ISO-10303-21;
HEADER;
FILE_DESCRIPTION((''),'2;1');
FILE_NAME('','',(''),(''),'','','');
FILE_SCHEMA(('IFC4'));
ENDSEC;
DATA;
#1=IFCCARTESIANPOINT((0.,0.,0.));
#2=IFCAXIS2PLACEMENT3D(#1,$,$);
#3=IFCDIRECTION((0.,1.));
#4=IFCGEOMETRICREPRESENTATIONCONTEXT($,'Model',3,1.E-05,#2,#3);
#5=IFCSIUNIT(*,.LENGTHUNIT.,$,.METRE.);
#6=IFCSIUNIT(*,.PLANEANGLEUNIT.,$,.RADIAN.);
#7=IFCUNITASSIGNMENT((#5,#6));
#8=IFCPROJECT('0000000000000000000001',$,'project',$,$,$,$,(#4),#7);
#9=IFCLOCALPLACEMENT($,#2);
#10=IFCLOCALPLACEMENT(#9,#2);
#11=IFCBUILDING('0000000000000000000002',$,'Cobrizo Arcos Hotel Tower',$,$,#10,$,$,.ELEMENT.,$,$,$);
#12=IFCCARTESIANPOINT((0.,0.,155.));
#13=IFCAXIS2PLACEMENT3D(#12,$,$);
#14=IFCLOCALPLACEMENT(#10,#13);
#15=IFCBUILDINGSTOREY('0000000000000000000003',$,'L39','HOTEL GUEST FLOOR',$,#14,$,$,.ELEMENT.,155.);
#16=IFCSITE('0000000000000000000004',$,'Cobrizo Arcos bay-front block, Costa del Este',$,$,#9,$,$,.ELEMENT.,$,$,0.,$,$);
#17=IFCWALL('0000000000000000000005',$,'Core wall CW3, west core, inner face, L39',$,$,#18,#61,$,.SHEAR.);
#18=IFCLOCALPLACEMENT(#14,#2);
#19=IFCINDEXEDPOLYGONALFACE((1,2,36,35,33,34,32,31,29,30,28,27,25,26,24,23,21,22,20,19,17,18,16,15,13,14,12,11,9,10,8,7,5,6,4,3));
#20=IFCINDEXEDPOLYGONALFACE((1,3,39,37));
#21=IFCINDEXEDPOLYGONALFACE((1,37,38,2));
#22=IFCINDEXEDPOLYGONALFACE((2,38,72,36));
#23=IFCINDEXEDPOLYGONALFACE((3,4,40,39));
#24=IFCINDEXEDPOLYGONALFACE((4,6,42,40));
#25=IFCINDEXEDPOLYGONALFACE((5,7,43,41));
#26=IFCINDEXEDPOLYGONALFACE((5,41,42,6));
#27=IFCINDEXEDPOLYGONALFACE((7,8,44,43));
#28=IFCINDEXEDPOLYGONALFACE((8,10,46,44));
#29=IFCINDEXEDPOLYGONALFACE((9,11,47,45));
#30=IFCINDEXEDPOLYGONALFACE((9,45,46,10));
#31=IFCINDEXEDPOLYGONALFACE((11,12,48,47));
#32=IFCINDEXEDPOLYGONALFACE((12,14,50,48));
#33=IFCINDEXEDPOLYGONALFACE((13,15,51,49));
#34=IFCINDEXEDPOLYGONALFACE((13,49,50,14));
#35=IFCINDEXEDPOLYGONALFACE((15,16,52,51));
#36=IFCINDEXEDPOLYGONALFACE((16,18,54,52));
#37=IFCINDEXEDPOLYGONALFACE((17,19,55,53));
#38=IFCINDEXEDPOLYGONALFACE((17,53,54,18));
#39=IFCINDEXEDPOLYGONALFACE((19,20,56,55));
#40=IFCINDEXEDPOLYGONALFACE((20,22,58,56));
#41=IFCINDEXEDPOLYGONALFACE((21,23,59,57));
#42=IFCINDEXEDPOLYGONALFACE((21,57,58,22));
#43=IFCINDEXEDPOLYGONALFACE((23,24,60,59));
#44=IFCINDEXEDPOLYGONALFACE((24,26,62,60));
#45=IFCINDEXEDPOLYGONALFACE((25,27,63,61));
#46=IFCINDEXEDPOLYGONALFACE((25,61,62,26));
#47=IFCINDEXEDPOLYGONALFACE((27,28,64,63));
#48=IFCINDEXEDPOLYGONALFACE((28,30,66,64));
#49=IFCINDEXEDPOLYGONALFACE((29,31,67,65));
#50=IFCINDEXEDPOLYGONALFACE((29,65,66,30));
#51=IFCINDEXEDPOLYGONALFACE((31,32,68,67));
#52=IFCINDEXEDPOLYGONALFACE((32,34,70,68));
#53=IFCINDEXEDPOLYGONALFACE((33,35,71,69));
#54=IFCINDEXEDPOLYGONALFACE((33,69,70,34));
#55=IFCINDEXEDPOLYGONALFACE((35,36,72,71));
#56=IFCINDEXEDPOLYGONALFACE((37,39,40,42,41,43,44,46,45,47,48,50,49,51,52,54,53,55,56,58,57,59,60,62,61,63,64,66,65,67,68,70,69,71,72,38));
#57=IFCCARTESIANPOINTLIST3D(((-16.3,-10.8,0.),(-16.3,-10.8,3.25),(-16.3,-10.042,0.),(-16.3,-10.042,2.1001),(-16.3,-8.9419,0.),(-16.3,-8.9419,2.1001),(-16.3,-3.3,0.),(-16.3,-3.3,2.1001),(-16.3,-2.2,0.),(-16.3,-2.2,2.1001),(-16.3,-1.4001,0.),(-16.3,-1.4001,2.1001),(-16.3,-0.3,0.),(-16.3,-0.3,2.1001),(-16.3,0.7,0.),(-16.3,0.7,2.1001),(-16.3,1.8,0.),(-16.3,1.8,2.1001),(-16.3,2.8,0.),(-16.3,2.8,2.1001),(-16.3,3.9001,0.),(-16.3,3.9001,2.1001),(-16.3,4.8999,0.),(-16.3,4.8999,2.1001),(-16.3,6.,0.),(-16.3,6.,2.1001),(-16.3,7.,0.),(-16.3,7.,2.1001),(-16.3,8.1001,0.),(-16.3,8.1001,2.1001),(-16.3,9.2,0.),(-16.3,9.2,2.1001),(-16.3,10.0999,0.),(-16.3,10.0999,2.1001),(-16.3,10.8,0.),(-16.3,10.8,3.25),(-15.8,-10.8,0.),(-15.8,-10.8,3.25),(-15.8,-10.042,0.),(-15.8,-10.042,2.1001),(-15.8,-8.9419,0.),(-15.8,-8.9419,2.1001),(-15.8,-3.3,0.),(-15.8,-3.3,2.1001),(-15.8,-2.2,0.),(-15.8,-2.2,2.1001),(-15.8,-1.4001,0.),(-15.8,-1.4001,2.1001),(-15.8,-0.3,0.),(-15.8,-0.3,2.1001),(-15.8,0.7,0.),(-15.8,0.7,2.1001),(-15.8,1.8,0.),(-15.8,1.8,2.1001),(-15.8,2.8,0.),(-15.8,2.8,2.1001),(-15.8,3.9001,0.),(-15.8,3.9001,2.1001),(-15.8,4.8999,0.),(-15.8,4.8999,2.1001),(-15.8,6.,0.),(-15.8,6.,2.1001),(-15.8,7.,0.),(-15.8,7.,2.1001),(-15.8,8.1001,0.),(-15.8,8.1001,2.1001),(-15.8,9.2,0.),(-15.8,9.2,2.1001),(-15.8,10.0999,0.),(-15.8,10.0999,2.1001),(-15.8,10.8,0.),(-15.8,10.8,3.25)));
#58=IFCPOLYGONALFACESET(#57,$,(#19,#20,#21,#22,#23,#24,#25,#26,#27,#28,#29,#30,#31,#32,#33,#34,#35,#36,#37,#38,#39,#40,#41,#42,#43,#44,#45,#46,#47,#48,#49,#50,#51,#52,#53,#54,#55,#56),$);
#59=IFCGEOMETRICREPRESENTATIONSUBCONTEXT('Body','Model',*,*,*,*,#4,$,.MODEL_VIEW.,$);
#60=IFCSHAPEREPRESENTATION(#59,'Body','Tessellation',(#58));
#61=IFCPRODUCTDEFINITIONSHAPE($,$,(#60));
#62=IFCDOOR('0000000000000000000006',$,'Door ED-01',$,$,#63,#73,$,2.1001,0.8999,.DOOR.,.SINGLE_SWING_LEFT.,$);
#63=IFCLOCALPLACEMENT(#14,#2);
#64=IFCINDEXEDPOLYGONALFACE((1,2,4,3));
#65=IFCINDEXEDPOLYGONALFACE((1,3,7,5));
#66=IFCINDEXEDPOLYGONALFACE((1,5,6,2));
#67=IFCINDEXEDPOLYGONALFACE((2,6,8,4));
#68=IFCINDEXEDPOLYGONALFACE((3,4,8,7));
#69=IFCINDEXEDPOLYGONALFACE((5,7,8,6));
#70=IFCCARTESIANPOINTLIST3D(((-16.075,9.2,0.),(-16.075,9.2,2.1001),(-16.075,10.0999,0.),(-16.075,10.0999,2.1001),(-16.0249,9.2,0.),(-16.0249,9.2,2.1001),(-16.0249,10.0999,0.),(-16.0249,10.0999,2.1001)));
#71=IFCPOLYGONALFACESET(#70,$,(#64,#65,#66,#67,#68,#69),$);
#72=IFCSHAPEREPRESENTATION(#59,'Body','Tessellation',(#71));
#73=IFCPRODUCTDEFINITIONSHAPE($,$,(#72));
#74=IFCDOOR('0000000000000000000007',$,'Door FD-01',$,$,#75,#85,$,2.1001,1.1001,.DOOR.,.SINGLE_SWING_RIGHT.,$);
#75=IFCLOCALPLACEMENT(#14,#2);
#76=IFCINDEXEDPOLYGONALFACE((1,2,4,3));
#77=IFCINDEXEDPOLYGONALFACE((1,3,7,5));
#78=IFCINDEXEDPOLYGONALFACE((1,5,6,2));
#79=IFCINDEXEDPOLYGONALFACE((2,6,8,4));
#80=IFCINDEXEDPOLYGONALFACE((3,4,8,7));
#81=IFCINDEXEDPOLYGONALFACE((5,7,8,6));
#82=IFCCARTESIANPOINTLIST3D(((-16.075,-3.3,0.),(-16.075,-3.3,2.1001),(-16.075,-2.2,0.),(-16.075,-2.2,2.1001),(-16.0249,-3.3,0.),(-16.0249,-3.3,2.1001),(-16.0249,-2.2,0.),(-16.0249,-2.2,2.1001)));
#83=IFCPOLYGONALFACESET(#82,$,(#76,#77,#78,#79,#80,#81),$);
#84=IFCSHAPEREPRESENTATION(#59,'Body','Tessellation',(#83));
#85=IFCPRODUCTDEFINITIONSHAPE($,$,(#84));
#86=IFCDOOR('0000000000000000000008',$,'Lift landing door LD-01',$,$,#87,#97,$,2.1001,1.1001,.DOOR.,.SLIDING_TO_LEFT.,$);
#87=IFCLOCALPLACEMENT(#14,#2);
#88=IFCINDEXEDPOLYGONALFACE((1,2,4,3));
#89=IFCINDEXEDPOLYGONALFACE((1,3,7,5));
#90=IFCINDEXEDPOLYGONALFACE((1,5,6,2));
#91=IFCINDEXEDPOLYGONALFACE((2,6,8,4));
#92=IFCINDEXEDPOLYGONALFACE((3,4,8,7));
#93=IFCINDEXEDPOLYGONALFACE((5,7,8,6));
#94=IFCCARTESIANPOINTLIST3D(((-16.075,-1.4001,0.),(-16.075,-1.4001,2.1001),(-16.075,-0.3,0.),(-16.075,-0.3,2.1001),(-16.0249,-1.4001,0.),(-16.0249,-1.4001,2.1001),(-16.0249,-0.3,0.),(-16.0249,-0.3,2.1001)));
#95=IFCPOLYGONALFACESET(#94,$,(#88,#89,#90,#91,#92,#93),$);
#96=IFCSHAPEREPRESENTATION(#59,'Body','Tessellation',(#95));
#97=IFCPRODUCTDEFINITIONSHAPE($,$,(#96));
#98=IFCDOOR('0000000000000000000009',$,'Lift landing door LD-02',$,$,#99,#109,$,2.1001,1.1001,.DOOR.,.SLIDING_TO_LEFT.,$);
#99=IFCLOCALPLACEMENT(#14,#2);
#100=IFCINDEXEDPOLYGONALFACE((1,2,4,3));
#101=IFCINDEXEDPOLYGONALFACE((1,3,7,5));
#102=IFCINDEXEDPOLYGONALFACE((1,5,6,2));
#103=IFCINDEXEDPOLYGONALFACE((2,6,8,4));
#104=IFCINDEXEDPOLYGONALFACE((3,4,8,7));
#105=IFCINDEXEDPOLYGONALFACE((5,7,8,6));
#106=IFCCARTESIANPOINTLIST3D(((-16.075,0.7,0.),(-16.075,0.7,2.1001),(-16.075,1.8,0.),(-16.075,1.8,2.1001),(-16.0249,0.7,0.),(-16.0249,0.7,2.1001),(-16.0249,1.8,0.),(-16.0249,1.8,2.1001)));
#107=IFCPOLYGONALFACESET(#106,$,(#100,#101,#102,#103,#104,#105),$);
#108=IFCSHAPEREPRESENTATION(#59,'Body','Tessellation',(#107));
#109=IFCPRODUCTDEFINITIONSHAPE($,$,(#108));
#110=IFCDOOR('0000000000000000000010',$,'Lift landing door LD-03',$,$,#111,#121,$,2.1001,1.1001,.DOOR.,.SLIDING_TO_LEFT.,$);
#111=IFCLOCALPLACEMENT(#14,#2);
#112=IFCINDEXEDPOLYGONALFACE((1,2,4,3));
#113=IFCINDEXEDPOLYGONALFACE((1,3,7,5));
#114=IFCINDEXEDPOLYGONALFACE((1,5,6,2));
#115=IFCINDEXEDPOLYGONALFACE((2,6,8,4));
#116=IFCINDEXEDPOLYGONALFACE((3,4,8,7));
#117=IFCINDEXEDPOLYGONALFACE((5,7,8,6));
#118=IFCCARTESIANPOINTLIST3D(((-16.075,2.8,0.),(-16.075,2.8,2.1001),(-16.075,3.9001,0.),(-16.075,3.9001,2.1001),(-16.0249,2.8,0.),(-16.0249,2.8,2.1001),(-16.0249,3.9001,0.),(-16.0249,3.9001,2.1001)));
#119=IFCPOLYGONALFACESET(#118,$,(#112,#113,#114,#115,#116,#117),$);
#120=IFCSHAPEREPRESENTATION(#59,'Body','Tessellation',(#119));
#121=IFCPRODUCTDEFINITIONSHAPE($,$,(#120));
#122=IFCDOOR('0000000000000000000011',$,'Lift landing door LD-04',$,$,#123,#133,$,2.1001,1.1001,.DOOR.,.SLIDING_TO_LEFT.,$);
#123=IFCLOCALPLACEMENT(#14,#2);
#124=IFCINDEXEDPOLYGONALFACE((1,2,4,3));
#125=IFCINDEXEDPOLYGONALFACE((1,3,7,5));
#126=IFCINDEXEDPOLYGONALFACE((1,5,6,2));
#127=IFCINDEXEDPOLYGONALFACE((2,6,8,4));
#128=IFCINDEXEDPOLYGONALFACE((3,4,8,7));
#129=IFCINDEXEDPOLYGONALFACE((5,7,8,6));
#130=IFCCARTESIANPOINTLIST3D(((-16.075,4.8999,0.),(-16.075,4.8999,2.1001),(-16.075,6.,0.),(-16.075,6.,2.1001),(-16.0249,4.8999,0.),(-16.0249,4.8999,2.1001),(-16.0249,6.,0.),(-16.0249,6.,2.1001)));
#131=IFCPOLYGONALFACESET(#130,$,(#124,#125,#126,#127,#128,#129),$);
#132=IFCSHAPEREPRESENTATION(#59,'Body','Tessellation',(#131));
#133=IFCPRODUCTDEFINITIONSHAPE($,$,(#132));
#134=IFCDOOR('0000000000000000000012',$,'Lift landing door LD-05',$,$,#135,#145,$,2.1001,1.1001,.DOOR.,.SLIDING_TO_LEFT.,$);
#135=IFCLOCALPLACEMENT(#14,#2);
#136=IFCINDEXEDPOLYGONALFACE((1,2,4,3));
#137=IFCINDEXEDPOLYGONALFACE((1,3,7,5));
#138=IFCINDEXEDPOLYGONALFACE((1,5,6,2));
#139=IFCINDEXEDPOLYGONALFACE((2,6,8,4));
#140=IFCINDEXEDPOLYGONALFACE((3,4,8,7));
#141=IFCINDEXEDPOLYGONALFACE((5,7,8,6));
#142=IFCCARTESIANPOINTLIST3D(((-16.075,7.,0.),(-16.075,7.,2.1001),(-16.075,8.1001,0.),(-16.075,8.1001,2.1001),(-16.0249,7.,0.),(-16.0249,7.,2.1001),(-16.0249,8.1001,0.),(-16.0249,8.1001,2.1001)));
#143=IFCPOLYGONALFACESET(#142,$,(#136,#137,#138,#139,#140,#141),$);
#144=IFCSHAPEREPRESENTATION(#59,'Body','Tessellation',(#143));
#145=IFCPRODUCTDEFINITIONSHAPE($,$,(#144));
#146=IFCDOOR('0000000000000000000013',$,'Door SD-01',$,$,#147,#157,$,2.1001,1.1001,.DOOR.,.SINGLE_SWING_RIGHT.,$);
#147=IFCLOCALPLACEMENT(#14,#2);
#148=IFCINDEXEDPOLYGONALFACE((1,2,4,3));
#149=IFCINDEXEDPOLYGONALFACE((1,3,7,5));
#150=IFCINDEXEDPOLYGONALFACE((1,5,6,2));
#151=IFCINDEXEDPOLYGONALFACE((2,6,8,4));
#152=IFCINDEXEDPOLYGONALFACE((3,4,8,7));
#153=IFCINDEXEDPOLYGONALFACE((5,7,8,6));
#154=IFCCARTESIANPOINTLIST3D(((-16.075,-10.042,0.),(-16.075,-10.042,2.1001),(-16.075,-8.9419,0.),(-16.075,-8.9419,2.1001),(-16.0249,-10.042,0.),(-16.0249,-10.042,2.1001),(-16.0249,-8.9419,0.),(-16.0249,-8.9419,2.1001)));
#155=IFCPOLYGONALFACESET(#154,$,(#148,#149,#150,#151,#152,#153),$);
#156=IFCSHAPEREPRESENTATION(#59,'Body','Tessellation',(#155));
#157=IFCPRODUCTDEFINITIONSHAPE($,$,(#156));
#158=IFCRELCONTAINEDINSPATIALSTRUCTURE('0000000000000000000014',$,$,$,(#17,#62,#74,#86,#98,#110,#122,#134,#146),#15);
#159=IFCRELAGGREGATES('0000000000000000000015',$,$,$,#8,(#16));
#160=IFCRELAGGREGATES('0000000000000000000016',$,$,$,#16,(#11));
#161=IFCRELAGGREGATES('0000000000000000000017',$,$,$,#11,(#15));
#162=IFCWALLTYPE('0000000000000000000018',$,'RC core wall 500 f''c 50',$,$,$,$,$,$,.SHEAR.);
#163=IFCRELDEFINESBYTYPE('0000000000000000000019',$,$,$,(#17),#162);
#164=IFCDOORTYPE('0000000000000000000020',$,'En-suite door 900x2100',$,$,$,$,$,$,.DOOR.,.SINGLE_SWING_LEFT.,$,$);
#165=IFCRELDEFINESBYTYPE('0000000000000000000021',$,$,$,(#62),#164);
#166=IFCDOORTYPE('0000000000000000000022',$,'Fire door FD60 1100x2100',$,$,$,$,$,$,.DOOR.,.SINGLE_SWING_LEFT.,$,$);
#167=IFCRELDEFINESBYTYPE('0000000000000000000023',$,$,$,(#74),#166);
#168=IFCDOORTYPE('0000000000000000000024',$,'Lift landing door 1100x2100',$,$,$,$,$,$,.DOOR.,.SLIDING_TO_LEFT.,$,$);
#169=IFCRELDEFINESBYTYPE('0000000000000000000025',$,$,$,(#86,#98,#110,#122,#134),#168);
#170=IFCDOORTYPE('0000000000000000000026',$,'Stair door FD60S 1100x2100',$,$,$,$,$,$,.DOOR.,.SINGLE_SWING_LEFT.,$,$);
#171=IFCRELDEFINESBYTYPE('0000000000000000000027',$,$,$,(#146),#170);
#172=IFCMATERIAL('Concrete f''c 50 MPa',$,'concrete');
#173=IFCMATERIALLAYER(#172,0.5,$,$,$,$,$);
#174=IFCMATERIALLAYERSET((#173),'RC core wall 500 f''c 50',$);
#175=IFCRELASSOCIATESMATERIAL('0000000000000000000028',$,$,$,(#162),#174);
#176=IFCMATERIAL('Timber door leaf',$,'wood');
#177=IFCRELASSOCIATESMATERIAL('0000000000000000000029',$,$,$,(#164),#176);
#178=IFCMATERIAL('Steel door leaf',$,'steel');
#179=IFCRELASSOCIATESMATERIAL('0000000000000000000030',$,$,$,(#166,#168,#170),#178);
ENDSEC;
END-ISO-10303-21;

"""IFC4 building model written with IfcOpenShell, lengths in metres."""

from ifc_helpers import new_model, si_unit, direction, frame, frame_2d, origin, place, context, subcontext, project, spatial, rectangle, extrude, material, layer, layer_set, type_object, element, fill, save


model = new_model("IFC4")

# Units and contexts
model_context = context("Model", 3, precision=1e-05, world=origin(), true_north=direction((0.0, 1.0)))
body_context = subcontext(model_context, "Body", "Model", "MODEL_VIEW")
ifc_project = project(units=[si_unit("LENGTHUNIT", "METRE"), si_unit("PLANEANGLEUNIT", "RADIAN")], contexts=[model_context])

# Site, building, storey
site_placement = place(None, origin())
site = spatial("IfcSite", under=ifc_project, at=site_placement, Name="Cobrizo Arcos bay-front block, Costa del Este", CompositionType="ELEMENT", RefElevation=0.0)
building_placement = place(site_placement, origin())
building = spatial("IfcBuilding", under=site, at=building_placement, Name="Cobrizo Arcos Hotel Tower", CompositionType="ELEMENT")
storey_placement = place(building_placement, frame((0.0, 0.0, 155.0)))
storey = spatial("IfcBuildingStorey", under=building, at=storey_placement, Name="L39", Description="HOTEL GUEST FLOOR", CompositionType="ELEMENT", Elevation=155.0)

# Shared definitions
ifc_material_1 = material(Name="Timber door leaf", Category="wood")

# Wall, openings, doors
ifc_material_2 = material(Name="Concrete f'c 50 MPa", Category="concrete")
ifc_layer_1 = layer(ifc_material_2, 0.5)
ifc_layer_set_1 = layer_set([ifc_layer_1], Name="RC core wall 500 f'c 50")
wall_type_1 = type_object("IfcWallType", Name="RC core wall 500 f'c 50", PredefinedType="SHEAR", material=ifc_layer_set_1)
wall_1_placement = place(storey_placement, frame((-16.05, -10.8, 0.0), z_axis=(0.0, 0.0, 1.0), x_axis=(0.0, 1.0, 0.0)))
wall_1 = element("IfcWall", 1, at=wall_1_placement, inside=storey, type_object=wall_type_1, Name="Core wall CW3, west core, inner face, L39", PredefinedType="SHEAR", context=body_context, shape_type="SweptSolid", body=[
    extrude(rectangle(XDim=21.6001, YDim=0.5, at=frame_2d((10.8, 0.0))), origin(), (0.0, 0.0, 1.0), 3.25),
])
opening_1_placement = place(wall_1_placement, frame((9.3999, 0.0, 0.0)))
opening_1 = element("IfcOpeningElement", 2, at=opening_1_placement, cuts=wall_1, PredefinedType="OPENING", context=body_context, shape_type="SweptSolid", body=[
    extrude(rectangle(XDim=1.1001, YDim=2.1001, at=frame_2d((0.55, 1.05))), frame((0.0, 0.262, 0.0), z_axis=(0.0, -1.0, 0.0), x_axis=(1.0, 0.0, 0.0)), (0.0, 0.0, 1.0), 0.5239),
])
opening_2_placement = place(wall_1_placement, frame((11.5, 0.0, 0.0)))
opening_2 = element("IfcOpeningElement", 3, at=opening_2_placement, cuts=wall_1, PredefinedType="OPENING", context=body_context, shape_type="SweptSolid", body=[
    extrude(rectangle(XDim=1.1001, YDim=2.1001, at=frame_2d((0.55, 1.05))), frame((0.0, 0.262, 0.0), z_axis=(0.0, -1.0, 0.0), x_axis=(1.0, 0.0, 0.0)), (0.0, 0.0, 1.0), 0.5239),
])
opening_3_placement = place(wall_1_placement, frame((13.6001, 0.0, 0.0)))
opening_3 = element("IfcOpeningElement", 4, at=opening_3_placement, cuts=wall_1, PredefinedType="OPENING", context=body_context, shape_type="SweptSolid", body=[
    extrude(rectangle(XDim=1.1001, YDim=2.1001, at=frame_2d((0.55, 1.05))), frame((0.0, 0.262, 0.0), z_axis=(0.0, -1.0, 0.0), x_axis=(1.0, 0.0, 0.0)), (0.0, 0.0, 1.0), 0.5239),
])
opening_4_placement = place(wall_1_placement, frame((15.7, 0.0, 0.0)))
opening_4 = element("IfcOpeningElement", 5, at=opening_4_placement, cuts=wall_1, PredefinedType="OPENING", context=body_context, shape_type="SweptSolid", body=[
    extrude(rectangle(XDim=1.1001, YDim=2.1001, at=frame_2d((0.55, 1.05))), frame((0.0, 0.262, 0.0), z_axis=(0.0, -1.0, 0.0), x_axis=(1.0, 0.0, 0.0)), (0.0, 0.0, 1.0), 0.5239),
])
opening_5_placement = place(wall_1_placement, frame((17.8, 0.0, 0.0)))
opening_5 = element("IfcOpeningElement", 6, at=opening_5_placement, cuts=wall_1, PredefinedType="OPENING", context=body_context, shape_type="SweptSolid", body=[
    extrude(rectangle(XDim=1.1001, YDim=2.1001, at=frame_2d((0.55, 1.05))), frame((0.0, 0.262, 0.0), z_axis=(0.0, -1.0, 0.0), x_axis=(1.0, 0.0, 0.0)), (0.0, 0.0, 1.0), 0.5239),
])
opening_6_placement = place(wall_1_placement, frame((0.7581, 0.0, 0.0)))
opening_6 = element("IfcOpeningElement", 7, at=opening_6_placement, cuts=wall_1, PredefinedType="OPENING", context=body_context, shape_type="SweptSolid", body=[
    extrude(rectangle(XDim=1.1001, YDim=2.1001, at=frame_2d((0.55, 1.05))), frame((0.0, 0.262, 0.0), z_axis=(0.0, -1.0, 0.0), x_axis=(1.0, 0.0, 0.0)), (0.0, 0.0, 1.0), 0.5239),
])
opening_7_placement = place(wall_1_placement, frame((7.5, 0.0, 0.0)))
opening_7 = element("IfcOpeningElement", 8, at=opening_7_placement, cuts=wall_1, PredefinedType="OPENING", context=body_context, shape_type="SweptSolid", body=[
    extrude(rectangle(XDim=1.1001, YDim=2.1001, at=frame_2d((0.55, 1.05))), frame((0.0, 0.262, 0.0), z_axis=(0.0, -1.0, 0.0), x_axis=(1.0, 0.0, 0.0)), (0.0, 0.0, 1.0), 0.5239),
])
opening_8_placement = place(wall_1_placement, frame((20.0, 0.0, 0.0)))
opening_8 = element("IfcOpeningElement", 9, at=opening_8_placement, cuts=wall_1, PredefinedType="OPENING", context=body_context, shape_type="SweptSolid", body=[
    extrude(rectangle(XDim=0.8999, YDim=2.1001, at=frame_2d((0.45, 1.05))), frame((0.0, 0.262, 0.0), z_axis=(0.0, -1.0, 0.0), x_axis=(1.0, 0.0, 0.0)), (0.0, 0.0, 1.0), 0.5239),
])
door_type_1 = type_object("IfcDoorType", Name="En-suite door 900x2100", OperationType="SINGLE_SWING_LEFT", PredefinedType="DOOR", material=ifc_material_1)
door_1_placement = place(opening_8_placement, origin())
door_1 = element("IfcDoor", 10, at=door_1_placement, inside=storey, type_object=door_type_1, Name="Door ED-01", OperationType="SINGLE_SWING_LEFT", OverallHeight=2.1001, OverallWidth=0.8999, PredefinedType="DOOR", context=body_context, shape_type="SweptSolid", body=[
    extrude(rectangle(XDim=0.8999, YDim=2.1001, at=frame_2d((0.45, 1.05))), frame((0.0, 0.0249, 0.0), z_axis=(0.0, -1.0, 0.0), x_axis=(1.0, 0.0, 0.0)), (0.0, 0.0, 1.0), 0.05),
])
fill(opening_8, door_1)
ifc_material_3 = material(Name="Steel door leaf", Category="steel")
door_type_2 = type_object("IfcDoorType", Name="Fire door FD60 1100x2100", OperationType="SINGLE_SWING_LEFT", PredefinedType="DOOR", material=ifc_material_3)
door_2_placement = place(opening_7_placement, origin())
door_2 = element("IfcDoor", 11, at=door_2_placement, inside=storey, type_object=door_type_2, Name="Door FD-01", OperationType="SINGLE_SWING_RIGHT", OverallHeight=2.1001, OverallWidth=1.1001, PredefinedType="DOOR", context=body_context, shape_type="SweptSolid", body=[
    extrude(rectangle(XDim=1.1001, YDim=2.1001, at=frame_2d((0.55, 1.05))), frame((0.0, 0.0249, 0.0), z_axis=(0.0, -1.0, 0.0), x_axis=(1.0, 0.0, 0.0)), (0.0, 0.0, 1.0), 0.05),
])
fill(opening_7, door_2)
door_type_3 = type_object("IfcDoorType", Name="Lift landing door 1100x2100", OperationType="SLIDING_TO_LEFT", PredefinedType="DOOR", material=ifc_material_3)
door_3_placement = place(opening_1_placement, origin())
door_3 = element("IfcDoor", 12, at=door_3_placement, inside=storey, type_object=door_type_3, Name="Lift landing door LD-01", OperationType="SLIDING_TO_LEFT", OverallHeight=2.1001, OverallWidth=1.1001, PredefinedType="DOOR", context=body_context, shape_type="SweptSolid", body=[
    extrude(rectangle(XDim=1.1001, YDim=2.1001, at=frame_2d((0.55, 1.05))), frame((0.0, 0.0249, 0.0), z_axis=(0.0, -1.0, 0.0), x_axis=(1.0, 0.0, 0.0)), (0.0, 0.0, 1.0), 0.05),
])
fill(opening_1, door_3)
door_4_placement = place(opening_2_placement, origin())
door_4 = element("IfcDoor", 13, at=door_4_placement, inside=storey, type_object=door_type_3, Name="Lift landing door LD-02", OperationType="SLIDING_TO_LEFT", OverallHeight=2.1001, OverallWidth=1.1001, PredefinedType="DOOR", context=body_context, shape_type="SweptSolid", body=[
    extrude(rectangle(XDim=1.1001, YDim=2.1001, at=frame_2d((0.55, 1.05))), frame((0.0, 0.0249, 0.0), z_axis=(0.0, -1.0, 0.0), x_axis=(1.0, 0.0, 0.0)), (0.0, 0.0, 1.0), 0.05),
])
fill(opening_2, door_4)
door_5_placement = place(opening_3_placement, origin())
door_5 = element("IfcDoor", 14, at=door_5_placement, inside=storey, type_object=door_type_3, Name="Lift landing door LD-03", OperationType="SLIDING_TO_LEFT", OverallHeight=2.1001, OverallWidth=1.1001, PredefinedType="DOOR", context=body_context, shape_type="SweptSolid", body=[
    extrude(rectangle(XDim=1.1001, YDim=2.1001, at=frame_2d((0.55, 1.05))), frame((0.0, 0.0249, 0.0), z_axis=(0.0, -1.0, 0.0), x_axis=(1.0, 0.0, 0.0)), (0.0, 0.0, 1.0), 0.05),
])
fill(opening_3, door_5)
door_6_placement = place(opening_4_placement, origin())
door_6 = element("IfcDoor", 15, at=door_6_placement, inside=storey, type_object=door_type_3, Name="Lift landing door LD-04", OperationType="SLIDING_TO_LEFT", OverallHeight=2.1001, OverallWidth=1.1001, PredefinedType="DOOR", context=body_context, shape_type="SweptSolid", body=[
    extrude(rectangle(XDim=1.1001, YDim=2.1001, at=frame_2d((0.55, 1.05))), frame((0.0, 0.0249, 0.0), z_axis=(0.0, -1.0, 0.0), x_axis=(1.0, 0.0, 0.0)), (0.0, 0.0, 1.0), 0.05),
])
fill(opening_4, door_6)
door_7_placement = place(opening_5_placement, origin())
door_7 = element("IfcDoor", 16, at=door_7_placement, inside=storey, type_object=door_type_3, Name="Lift landing door LD-05", OperationType="SLIDING_TO_LEFT", OverallHeight=2.1001, OverallWidth=1.1001, PredefinedType="DOOR", context=body_context, shape_type="SweptSolid", body=[
    extrude(rectangle(XDim=1.1001, YDim=2.1001, at=frame_2d((0.55, 1.05))), frame((0.0, 0.0249, 0.0), z_axis=(0.0, -1.0, 0.0), x_axis=(1.0, 0.0, 0.0)), (0.0, 0.0, 1.0), 0.05),
])
fill(opening_5, door_7)
door_type_4 = type_object("IfcDoorType", Name="Stair door FD60S 1100x2100", OperationType="SINGLE_SWING_LEFT", PredefinedType="DOOR", material=ifc_material_3)
door_8_placement = place(opening_6_placement, origin())
door_8 = element("IfcDoor", 17, at=door_8_placement, inside=storey, type_object=door_type_4, Name="Door SD-01", OperationType="SINGLE_SWING_RIGHT", OverallHeight=2.1001, OverallWidth=1.1001, PredefinedType="DOOR", context=body_context, shape_type="SweptSolid", body=[
    extrude(rectangle(XDim=1.1001, YDim=2.1001, at=frame_2d((0.55, 1.05))), frame((0.0, 0.0249, 0.0), z_axis=(0.0, -1.0, 0.0), x_axis=(1.0, 0.0, 0.0)), (0.0, 0.0, 1.0), 0.05),
])
fill(opening_6, door_8)

save(model, "model.ifc")
